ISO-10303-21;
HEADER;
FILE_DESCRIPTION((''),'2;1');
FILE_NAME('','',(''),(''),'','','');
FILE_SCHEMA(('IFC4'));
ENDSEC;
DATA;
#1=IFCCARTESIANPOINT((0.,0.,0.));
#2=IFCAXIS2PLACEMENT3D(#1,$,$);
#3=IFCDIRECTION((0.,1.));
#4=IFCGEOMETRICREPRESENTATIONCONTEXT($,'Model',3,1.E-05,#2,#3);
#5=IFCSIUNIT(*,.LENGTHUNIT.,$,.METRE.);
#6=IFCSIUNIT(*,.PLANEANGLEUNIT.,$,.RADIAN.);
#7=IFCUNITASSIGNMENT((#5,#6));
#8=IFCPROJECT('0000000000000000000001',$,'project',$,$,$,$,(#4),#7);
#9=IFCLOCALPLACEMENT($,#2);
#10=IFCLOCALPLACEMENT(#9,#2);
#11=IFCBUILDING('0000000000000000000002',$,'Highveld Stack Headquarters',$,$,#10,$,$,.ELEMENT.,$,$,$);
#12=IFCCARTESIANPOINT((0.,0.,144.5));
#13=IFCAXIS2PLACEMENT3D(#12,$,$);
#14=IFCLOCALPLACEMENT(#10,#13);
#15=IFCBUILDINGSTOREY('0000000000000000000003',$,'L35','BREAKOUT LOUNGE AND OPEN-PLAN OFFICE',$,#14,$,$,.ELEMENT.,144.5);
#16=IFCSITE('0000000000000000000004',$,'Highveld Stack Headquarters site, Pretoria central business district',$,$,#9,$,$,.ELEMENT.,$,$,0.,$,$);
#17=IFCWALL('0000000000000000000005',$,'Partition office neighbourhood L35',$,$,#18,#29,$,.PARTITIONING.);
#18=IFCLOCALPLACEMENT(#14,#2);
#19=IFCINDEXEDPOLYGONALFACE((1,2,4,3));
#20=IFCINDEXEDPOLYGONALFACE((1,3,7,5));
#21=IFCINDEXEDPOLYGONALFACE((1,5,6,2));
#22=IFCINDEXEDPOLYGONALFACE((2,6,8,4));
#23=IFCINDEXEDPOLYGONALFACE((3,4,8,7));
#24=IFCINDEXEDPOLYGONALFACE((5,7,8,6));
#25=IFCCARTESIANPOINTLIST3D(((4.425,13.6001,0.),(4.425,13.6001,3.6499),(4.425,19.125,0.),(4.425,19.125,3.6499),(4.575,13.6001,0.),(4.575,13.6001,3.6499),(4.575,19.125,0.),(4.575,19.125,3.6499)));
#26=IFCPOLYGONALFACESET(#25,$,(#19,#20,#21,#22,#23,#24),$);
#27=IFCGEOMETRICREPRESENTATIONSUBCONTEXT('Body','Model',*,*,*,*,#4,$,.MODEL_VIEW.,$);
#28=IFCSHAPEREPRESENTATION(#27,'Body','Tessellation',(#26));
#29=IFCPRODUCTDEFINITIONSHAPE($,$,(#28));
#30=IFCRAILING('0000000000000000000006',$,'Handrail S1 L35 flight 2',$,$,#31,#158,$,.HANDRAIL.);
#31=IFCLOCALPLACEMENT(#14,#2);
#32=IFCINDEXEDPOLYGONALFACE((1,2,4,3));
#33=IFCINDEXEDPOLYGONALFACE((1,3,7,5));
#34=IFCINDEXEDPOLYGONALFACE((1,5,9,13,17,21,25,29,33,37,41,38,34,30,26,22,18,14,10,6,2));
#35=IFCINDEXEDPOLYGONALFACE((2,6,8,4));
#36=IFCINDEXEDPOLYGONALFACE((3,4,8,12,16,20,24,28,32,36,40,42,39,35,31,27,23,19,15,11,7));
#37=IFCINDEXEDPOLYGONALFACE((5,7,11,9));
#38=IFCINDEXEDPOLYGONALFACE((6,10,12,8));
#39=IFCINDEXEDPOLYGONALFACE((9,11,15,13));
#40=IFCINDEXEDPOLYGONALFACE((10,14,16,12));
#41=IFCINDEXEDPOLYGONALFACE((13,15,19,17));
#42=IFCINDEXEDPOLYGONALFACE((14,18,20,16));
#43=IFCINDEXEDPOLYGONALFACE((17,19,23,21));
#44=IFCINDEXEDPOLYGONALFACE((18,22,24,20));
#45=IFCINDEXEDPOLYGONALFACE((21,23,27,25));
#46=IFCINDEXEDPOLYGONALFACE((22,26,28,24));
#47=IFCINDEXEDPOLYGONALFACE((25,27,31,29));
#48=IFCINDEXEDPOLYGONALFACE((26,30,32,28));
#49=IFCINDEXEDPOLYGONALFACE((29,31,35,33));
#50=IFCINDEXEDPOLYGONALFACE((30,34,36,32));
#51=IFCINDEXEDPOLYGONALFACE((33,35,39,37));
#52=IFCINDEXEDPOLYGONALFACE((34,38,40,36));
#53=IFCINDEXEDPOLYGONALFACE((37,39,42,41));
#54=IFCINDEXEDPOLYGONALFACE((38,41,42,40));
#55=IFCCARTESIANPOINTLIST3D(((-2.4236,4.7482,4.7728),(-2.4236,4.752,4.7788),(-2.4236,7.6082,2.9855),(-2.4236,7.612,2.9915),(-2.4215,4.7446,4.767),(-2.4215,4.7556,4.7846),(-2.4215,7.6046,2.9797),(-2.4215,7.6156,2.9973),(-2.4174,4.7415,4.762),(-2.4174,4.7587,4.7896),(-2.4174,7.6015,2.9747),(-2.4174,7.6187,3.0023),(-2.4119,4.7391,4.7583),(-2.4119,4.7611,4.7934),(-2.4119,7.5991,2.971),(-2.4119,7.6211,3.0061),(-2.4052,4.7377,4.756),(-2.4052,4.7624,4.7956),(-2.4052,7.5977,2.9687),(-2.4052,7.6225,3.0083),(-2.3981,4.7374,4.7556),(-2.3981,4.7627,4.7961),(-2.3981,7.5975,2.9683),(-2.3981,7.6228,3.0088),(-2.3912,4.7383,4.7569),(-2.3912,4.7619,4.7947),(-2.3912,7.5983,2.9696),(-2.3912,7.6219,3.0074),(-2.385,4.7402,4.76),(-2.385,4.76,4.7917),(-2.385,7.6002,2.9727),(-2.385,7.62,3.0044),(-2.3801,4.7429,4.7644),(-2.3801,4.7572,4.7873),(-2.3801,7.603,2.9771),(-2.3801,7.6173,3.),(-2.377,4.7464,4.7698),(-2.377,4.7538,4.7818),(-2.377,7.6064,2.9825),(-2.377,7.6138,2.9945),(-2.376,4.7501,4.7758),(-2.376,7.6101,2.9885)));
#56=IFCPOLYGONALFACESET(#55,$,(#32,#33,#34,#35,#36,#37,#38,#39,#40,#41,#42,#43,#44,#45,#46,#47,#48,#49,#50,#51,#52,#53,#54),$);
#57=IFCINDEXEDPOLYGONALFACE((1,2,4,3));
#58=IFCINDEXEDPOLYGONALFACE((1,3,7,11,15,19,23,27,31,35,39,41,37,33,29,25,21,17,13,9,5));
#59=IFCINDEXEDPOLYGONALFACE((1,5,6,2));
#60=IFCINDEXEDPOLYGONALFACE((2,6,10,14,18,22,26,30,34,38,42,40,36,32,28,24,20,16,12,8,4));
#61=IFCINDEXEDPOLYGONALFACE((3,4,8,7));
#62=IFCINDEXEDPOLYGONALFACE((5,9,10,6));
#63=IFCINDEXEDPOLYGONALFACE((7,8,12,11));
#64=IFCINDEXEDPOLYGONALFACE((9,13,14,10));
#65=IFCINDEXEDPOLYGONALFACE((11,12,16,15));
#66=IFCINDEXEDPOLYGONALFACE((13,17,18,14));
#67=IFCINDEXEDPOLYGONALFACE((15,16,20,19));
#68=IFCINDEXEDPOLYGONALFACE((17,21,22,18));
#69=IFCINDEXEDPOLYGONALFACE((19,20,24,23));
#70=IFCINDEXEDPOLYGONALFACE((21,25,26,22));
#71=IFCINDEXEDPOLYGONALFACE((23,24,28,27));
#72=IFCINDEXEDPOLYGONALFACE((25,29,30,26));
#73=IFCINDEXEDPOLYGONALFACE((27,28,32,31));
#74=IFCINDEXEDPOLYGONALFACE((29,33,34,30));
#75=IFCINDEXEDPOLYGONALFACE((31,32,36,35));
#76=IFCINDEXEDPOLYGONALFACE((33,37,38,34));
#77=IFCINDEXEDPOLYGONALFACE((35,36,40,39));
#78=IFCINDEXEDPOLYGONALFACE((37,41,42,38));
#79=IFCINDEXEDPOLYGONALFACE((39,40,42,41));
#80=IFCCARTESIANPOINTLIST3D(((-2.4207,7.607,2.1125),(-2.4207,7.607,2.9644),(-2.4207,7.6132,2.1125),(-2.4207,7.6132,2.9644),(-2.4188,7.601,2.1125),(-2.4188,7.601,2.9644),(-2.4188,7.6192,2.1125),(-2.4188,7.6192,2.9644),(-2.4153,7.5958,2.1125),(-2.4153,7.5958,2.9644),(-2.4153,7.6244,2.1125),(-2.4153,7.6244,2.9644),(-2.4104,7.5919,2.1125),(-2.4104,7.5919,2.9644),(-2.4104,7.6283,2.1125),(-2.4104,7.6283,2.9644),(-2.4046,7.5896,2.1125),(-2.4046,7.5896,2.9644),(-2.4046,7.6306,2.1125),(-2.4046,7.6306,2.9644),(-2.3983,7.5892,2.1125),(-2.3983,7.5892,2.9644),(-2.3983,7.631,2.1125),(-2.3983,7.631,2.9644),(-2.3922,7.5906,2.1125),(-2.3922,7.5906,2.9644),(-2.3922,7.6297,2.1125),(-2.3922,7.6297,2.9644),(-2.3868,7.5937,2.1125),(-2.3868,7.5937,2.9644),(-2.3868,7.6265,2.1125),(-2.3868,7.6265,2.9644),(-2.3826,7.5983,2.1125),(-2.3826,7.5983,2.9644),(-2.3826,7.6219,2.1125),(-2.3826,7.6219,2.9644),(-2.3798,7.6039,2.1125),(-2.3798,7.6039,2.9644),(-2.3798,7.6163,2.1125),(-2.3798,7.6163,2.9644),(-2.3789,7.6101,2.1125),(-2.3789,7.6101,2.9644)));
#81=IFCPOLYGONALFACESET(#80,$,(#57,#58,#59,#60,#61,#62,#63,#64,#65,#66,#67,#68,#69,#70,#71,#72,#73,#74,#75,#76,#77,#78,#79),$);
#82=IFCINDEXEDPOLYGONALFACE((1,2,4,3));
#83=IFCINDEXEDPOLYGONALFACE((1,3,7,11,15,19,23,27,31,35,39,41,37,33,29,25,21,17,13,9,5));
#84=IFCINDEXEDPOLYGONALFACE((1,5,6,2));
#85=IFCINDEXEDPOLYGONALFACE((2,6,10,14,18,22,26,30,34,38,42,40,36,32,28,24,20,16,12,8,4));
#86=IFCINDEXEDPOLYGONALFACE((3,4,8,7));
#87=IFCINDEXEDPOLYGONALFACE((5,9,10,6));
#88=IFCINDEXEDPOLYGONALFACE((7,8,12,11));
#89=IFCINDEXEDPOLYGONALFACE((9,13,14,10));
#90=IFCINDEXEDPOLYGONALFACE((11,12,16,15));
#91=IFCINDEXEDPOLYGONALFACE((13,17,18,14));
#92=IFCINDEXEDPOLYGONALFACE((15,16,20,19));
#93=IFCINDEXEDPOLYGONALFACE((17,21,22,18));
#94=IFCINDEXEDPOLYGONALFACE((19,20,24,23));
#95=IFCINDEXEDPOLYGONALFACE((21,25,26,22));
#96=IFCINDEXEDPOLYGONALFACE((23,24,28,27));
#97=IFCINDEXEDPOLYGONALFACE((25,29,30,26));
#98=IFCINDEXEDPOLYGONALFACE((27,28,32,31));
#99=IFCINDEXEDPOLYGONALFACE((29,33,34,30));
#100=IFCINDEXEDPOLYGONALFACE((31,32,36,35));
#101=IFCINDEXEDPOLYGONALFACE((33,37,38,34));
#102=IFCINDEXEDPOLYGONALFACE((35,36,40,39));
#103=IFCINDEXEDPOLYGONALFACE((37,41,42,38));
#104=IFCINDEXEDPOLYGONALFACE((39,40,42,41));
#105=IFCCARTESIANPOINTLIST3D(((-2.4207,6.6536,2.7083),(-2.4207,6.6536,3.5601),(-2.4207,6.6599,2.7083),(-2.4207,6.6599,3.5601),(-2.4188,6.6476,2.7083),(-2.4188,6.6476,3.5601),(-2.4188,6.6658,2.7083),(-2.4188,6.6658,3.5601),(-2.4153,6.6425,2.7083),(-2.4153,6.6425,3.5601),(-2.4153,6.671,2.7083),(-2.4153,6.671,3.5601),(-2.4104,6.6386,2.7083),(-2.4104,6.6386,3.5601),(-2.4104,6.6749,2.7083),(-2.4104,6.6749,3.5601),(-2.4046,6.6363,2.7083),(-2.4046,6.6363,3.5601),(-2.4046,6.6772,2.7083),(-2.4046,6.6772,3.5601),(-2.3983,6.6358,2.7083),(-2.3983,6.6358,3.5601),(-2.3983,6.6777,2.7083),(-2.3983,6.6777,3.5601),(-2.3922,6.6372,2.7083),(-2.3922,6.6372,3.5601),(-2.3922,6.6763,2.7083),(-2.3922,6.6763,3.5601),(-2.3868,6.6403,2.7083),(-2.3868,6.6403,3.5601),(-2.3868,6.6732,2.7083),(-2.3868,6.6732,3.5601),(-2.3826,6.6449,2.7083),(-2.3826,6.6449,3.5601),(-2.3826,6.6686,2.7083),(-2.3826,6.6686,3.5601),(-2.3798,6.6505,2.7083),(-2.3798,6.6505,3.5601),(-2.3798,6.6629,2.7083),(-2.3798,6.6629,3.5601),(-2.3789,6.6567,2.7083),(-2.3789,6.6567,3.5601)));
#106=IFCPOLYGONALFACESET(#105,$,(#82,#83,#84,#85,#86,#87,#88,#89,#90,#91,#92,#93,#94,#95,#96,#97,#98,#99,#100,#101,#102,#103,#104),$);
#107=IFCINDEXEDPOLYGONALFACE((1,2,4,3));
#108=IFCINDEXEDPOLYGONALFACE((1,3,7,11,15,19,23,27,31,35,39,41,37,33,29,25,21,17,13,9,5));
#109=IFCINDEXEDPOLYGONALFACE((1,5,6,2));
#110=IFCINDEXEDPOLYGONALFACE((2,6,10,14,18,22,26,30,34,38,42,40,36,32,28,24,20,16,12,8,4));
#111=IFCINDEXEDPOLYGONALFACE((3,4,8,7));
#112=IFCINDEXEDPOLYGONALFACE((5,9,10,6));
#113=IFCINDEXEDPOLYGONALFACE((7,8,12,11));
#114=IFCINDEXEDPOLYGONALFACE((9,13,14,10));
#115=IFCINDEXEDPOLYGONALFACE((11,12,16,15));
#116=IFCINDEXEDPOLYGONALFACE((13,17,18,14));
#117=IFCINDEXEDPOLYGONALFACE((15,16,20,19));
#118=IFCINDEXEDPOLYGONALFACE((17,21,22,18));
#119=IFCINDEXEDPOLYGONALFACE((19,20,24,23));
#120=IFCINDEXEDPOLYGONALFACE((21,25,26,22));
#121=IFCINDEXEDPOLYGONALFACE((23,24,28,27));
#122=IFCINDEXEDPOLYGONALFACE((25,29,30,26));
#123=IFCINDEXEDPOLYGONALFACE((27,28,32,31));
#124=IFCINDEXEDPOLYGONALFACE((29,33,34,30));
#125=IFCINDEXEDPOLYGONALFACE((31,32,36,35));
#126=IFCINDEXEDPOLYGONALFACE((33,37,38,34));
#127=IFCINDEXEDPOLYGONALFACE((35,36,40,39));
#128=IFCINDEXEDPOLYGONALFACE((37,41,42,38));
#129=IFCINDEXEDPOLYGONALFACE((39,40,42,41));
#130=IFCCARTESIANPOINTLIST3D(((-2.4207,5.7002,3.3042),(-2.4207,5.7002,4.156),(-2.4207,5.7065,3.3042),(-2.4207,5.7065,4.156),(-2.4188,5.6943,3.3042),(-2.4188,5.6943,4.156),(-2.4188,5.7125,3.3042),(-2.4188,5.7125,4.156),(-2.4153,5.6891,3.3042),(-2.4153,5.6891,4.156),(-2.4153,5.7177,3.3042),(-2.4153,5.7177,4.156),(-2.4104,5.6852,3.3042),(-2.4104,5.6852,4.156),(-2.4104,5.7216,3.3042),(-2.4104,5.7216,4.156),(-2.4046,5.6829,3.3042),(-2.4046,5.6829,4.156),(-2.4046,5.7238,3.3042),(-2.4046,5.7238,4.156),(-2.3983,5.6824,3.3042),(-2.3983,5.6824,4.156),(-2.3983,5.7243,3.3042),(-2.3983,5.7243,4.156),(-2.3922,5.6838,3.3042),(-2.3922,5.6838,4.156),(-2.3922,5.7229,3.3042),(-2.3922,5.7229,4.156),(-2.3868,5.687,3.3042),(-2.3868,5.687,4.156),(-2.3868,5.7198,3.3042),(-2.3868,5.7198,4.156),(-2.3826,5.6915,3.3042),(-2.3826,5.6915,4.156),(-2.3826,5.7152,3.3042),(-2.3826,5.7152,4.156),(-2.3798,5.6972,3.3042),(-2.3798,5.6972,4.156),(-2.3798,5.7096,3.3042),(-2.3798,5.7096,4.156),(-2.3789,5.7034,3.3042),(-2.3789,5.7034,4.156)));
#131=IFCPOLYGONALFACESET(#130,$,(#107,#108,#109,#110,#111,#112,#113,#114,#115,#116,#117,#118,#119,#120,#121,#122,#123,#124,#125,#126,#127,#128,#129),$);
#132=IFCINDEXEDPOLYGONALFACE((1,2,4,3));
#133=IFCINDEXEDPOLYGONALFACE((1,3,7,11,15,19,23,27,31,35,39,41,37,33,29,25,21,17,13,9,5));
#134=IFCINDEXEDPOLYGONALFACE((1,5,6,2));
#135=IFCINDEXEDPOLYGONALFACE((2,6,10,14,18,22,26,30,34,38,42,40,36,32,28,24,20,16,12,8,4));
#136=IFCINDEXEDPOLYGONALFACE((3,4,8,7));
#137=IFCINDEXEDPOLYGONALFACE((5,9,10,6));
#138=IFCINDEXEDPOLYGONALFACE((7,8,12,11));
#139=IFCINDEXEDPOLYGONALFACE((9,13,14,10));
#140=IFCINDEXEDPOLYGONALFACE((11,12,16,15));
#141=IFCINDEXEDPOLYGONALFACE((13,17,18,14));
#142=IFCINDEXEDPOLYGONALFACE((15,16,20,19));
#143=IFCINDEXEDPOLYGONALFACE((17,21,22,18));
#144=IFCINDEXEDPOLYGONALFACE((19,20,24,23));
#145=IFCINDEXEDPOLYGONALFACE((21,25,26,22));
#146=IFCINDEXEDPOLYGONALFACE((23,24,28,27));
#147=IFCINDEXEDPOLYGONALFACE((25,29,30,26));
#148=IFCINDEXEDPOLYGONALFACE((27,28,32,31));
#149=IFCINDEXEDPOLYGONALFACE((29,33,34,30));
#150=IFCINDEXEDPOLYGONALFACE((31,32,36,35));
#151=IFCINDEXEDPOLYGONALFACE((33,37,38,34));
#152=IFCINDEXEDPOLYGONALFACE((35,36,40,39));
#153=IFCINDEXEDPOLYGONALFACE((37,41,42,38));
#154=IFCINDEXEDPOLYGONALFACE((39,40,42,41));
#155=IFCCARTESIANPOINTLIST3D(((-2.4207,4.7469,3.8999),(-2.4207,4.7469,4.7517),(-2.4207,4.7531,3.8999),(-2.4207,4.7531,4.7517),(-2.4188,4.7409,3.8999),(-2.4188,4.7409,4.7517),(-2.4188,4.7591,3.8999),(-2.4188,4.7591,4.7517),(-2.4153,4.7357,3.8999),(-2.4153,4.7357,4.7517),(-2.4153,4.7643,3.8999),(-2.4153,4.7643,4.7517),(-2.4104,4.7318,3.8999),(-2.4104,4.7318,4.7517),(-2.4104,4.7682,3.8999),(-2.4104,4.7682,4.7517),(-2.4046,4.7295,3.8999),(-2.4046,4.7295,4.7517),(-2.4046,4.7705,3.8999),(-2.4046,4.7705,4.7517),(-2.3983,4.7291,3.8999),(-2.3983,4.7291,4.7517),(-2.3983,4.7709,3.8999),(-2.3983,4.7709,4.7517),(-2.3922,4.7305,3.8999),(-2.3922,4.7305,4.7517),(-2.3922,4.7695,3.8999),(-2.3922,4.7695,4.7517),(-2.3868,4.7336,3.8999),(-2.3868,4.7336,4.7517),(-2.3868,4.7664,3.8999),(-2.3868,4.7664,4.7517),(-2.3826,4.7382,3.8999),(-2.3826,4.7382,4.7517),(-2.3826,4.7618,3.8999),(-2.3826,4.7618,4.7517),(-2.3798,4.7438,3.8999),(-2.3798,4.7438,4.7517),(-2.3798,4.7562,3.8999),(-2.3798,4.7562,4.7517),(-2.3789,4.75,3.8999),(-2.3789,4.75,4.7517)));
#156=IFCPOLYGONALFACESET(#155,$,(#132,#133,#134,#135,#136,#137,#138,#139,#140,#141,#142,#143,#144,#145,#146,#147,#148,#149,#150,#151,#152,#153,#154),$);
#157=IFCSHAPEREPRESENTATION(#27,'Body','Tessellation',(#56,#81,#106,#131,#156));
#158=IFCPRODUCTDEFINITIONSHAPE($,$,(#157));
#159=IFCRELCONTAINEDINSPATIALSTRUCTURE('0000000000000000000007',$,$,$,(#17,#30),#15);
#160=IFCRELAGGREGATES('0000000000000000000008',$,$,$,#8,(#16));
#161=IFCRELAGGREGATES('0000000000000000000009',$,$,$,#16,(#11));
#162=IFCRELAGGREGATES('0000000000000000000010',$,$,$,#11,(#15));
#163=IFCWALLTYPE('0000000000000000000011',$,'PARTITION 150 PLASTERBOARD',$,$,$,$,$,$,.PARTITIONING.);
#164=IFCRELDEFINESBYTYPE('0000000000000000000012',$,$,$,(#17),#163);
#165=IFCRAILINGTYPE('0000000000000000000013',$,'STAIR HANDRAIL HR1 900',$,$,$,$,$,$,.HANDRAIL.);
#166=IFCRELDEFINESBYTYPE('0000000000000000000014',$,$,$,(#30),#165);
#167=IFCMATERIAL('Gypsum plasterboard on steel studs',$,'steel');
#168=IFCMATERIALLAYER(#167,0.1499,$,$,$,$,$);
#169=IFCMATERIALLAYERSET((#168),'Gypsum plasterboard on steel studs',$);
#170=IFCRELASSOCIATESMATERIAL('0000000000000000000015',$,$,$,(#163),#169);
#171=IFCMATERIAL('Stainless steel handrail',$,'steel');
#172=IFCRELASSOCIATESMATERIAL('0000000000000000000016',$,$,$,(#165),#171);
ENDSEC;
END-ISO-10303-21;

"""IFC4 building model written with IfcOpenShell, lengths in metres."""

from ifc_helpers import new_model, si_unit, direction, frame, frame_2d, origin, origin_2d, place, context, subcontext, project, spatial, rectangle, circle, extrude, material, layer, layer_set, type_object, element, save


model = new_model("IFC4")

# Units and contexts
model_context = context("Model", 3, precision=1e-05, world=origin(), true_north=direction((0.0, 1.0)))
body_context = subcontext(model_context, "Body", "Model", "MODEL_VIEW")
ifc_project = project(units=[si_unit("LENGTHUNIT", "METRE"), si_unit("PLANEANGLEUNIT", "RADIAN")], contexts=[model_context])

# Site, building, storey
site_placement = place(None, origin())
site = spatial("IfcSite", under=ifc_project, at=site_placement, Name="Highveld Stack Headquarters site, Pretoria central business district", CompositionType="ELEMENT", RefElevation=0.0)
building_placement = place(site_placement, origin())
building = spatial("IfcBuilding", under=site, at=building_placement, Name="Highveld Stack Headquarters", CompositionType="ELEMENT")
storey_placement = place(building_placement, frame((0.0, 0.0, 144.5)))
storey = spatial("IfcBuildingStorey", under=building, at=storey_placement, Name="L35", Description="BREAKOUT LOUNGE AND OPEN-PLAN OFFICE", CompositionType="ELEMENT", Elevation=144.5)

# Shared definitions
ifc_material_1 = material(Name="Gypsum plasterboard on steel studs", Category="steel")
ifc_layer_1 = layer(ifc_material_1, 0.1499)
ifc_layer_set_1 = layer_set([ifc_layer_1], Name="Gypsum plasterboard on steel studs")
wall_type_1 = type_object("IfcWallType", Name="PARTITION 150 PLASTERBOARD", PredefinedType="PARTITIONING", material=ifc_layer_set_1)

# Wall
wall_1_placement = place(storey_placement, frame((4.5, 13.6001, 0.0), z_axis=(0.0, 0.0, 1.0), x_axis=(0.0, 1.0, 0.0)))
element("IfcWall", 1, at=wall_1_placement, inside=storey, type_object=wall_type_1, Name="Partition office neighbourhood L35", PredefinedType="PARTITIONING", context=body_context, shape_type="SweptSolid", body=[
    extrude(rectangle(XDim=5.5249, YDim=0.1499, at=frame_2d((2.7625, 0.0))), origin(), (0.0, 0.0, 1.0), 3.6499),
])

# Railing
ifc_material_2 = material(Name="Stainless steel handrail", Category="steel")
railing_type = type_object("IfcRailingType", Name="STAIR HANDRAIL HR1 900", PredefinedType="HANDRAIL", material=ifc_material_2)
railing_placement = place(storey_placement, frame((-2.3999, 7.6101, 2.1125)))
element("IfcRailing", 2, at=railing_placement, inside=storey, type_object=railing_type, Name="Handrail S1 L35 flight 2", PredefinedType="HANDRAIL", context=body_context, shape_type="SweptSolid", body=[
    extrude(circle(Radius=0.0239, at=origin_2d()), frame((0.0, 0.0, 0.876), z_axis=(0.0, -0.848027, 0.529953), x_axis=(1.0, 0.0, 0.0)), (0.0, 0.0, 1.0), 3.3726),
    extrude(circle(Radius=0.021, at=origin_2d()), origin(), (0.0, 0.0, 1.0), 0.8518),
    extrude(circle(Radius=0.021, at=origin_2d()), frame((0.0, -0.9534, 0.5957)), (0.0, 0.0, 1.0), 0.8518),
    extrude(circle(Radius=0.021, at=origin_2d()), frame((0.0, -1.9067, 1.1917)), (0.0, 0.0, 1.0), 0.8518),
    extrude(circle(Radius=0.021, at=origin_2d()), frame((0.0, -2.8601, 1.7874)), (0.0, 0.0, 1.0), 0.8518),
])

save(model, "model.ifc")
